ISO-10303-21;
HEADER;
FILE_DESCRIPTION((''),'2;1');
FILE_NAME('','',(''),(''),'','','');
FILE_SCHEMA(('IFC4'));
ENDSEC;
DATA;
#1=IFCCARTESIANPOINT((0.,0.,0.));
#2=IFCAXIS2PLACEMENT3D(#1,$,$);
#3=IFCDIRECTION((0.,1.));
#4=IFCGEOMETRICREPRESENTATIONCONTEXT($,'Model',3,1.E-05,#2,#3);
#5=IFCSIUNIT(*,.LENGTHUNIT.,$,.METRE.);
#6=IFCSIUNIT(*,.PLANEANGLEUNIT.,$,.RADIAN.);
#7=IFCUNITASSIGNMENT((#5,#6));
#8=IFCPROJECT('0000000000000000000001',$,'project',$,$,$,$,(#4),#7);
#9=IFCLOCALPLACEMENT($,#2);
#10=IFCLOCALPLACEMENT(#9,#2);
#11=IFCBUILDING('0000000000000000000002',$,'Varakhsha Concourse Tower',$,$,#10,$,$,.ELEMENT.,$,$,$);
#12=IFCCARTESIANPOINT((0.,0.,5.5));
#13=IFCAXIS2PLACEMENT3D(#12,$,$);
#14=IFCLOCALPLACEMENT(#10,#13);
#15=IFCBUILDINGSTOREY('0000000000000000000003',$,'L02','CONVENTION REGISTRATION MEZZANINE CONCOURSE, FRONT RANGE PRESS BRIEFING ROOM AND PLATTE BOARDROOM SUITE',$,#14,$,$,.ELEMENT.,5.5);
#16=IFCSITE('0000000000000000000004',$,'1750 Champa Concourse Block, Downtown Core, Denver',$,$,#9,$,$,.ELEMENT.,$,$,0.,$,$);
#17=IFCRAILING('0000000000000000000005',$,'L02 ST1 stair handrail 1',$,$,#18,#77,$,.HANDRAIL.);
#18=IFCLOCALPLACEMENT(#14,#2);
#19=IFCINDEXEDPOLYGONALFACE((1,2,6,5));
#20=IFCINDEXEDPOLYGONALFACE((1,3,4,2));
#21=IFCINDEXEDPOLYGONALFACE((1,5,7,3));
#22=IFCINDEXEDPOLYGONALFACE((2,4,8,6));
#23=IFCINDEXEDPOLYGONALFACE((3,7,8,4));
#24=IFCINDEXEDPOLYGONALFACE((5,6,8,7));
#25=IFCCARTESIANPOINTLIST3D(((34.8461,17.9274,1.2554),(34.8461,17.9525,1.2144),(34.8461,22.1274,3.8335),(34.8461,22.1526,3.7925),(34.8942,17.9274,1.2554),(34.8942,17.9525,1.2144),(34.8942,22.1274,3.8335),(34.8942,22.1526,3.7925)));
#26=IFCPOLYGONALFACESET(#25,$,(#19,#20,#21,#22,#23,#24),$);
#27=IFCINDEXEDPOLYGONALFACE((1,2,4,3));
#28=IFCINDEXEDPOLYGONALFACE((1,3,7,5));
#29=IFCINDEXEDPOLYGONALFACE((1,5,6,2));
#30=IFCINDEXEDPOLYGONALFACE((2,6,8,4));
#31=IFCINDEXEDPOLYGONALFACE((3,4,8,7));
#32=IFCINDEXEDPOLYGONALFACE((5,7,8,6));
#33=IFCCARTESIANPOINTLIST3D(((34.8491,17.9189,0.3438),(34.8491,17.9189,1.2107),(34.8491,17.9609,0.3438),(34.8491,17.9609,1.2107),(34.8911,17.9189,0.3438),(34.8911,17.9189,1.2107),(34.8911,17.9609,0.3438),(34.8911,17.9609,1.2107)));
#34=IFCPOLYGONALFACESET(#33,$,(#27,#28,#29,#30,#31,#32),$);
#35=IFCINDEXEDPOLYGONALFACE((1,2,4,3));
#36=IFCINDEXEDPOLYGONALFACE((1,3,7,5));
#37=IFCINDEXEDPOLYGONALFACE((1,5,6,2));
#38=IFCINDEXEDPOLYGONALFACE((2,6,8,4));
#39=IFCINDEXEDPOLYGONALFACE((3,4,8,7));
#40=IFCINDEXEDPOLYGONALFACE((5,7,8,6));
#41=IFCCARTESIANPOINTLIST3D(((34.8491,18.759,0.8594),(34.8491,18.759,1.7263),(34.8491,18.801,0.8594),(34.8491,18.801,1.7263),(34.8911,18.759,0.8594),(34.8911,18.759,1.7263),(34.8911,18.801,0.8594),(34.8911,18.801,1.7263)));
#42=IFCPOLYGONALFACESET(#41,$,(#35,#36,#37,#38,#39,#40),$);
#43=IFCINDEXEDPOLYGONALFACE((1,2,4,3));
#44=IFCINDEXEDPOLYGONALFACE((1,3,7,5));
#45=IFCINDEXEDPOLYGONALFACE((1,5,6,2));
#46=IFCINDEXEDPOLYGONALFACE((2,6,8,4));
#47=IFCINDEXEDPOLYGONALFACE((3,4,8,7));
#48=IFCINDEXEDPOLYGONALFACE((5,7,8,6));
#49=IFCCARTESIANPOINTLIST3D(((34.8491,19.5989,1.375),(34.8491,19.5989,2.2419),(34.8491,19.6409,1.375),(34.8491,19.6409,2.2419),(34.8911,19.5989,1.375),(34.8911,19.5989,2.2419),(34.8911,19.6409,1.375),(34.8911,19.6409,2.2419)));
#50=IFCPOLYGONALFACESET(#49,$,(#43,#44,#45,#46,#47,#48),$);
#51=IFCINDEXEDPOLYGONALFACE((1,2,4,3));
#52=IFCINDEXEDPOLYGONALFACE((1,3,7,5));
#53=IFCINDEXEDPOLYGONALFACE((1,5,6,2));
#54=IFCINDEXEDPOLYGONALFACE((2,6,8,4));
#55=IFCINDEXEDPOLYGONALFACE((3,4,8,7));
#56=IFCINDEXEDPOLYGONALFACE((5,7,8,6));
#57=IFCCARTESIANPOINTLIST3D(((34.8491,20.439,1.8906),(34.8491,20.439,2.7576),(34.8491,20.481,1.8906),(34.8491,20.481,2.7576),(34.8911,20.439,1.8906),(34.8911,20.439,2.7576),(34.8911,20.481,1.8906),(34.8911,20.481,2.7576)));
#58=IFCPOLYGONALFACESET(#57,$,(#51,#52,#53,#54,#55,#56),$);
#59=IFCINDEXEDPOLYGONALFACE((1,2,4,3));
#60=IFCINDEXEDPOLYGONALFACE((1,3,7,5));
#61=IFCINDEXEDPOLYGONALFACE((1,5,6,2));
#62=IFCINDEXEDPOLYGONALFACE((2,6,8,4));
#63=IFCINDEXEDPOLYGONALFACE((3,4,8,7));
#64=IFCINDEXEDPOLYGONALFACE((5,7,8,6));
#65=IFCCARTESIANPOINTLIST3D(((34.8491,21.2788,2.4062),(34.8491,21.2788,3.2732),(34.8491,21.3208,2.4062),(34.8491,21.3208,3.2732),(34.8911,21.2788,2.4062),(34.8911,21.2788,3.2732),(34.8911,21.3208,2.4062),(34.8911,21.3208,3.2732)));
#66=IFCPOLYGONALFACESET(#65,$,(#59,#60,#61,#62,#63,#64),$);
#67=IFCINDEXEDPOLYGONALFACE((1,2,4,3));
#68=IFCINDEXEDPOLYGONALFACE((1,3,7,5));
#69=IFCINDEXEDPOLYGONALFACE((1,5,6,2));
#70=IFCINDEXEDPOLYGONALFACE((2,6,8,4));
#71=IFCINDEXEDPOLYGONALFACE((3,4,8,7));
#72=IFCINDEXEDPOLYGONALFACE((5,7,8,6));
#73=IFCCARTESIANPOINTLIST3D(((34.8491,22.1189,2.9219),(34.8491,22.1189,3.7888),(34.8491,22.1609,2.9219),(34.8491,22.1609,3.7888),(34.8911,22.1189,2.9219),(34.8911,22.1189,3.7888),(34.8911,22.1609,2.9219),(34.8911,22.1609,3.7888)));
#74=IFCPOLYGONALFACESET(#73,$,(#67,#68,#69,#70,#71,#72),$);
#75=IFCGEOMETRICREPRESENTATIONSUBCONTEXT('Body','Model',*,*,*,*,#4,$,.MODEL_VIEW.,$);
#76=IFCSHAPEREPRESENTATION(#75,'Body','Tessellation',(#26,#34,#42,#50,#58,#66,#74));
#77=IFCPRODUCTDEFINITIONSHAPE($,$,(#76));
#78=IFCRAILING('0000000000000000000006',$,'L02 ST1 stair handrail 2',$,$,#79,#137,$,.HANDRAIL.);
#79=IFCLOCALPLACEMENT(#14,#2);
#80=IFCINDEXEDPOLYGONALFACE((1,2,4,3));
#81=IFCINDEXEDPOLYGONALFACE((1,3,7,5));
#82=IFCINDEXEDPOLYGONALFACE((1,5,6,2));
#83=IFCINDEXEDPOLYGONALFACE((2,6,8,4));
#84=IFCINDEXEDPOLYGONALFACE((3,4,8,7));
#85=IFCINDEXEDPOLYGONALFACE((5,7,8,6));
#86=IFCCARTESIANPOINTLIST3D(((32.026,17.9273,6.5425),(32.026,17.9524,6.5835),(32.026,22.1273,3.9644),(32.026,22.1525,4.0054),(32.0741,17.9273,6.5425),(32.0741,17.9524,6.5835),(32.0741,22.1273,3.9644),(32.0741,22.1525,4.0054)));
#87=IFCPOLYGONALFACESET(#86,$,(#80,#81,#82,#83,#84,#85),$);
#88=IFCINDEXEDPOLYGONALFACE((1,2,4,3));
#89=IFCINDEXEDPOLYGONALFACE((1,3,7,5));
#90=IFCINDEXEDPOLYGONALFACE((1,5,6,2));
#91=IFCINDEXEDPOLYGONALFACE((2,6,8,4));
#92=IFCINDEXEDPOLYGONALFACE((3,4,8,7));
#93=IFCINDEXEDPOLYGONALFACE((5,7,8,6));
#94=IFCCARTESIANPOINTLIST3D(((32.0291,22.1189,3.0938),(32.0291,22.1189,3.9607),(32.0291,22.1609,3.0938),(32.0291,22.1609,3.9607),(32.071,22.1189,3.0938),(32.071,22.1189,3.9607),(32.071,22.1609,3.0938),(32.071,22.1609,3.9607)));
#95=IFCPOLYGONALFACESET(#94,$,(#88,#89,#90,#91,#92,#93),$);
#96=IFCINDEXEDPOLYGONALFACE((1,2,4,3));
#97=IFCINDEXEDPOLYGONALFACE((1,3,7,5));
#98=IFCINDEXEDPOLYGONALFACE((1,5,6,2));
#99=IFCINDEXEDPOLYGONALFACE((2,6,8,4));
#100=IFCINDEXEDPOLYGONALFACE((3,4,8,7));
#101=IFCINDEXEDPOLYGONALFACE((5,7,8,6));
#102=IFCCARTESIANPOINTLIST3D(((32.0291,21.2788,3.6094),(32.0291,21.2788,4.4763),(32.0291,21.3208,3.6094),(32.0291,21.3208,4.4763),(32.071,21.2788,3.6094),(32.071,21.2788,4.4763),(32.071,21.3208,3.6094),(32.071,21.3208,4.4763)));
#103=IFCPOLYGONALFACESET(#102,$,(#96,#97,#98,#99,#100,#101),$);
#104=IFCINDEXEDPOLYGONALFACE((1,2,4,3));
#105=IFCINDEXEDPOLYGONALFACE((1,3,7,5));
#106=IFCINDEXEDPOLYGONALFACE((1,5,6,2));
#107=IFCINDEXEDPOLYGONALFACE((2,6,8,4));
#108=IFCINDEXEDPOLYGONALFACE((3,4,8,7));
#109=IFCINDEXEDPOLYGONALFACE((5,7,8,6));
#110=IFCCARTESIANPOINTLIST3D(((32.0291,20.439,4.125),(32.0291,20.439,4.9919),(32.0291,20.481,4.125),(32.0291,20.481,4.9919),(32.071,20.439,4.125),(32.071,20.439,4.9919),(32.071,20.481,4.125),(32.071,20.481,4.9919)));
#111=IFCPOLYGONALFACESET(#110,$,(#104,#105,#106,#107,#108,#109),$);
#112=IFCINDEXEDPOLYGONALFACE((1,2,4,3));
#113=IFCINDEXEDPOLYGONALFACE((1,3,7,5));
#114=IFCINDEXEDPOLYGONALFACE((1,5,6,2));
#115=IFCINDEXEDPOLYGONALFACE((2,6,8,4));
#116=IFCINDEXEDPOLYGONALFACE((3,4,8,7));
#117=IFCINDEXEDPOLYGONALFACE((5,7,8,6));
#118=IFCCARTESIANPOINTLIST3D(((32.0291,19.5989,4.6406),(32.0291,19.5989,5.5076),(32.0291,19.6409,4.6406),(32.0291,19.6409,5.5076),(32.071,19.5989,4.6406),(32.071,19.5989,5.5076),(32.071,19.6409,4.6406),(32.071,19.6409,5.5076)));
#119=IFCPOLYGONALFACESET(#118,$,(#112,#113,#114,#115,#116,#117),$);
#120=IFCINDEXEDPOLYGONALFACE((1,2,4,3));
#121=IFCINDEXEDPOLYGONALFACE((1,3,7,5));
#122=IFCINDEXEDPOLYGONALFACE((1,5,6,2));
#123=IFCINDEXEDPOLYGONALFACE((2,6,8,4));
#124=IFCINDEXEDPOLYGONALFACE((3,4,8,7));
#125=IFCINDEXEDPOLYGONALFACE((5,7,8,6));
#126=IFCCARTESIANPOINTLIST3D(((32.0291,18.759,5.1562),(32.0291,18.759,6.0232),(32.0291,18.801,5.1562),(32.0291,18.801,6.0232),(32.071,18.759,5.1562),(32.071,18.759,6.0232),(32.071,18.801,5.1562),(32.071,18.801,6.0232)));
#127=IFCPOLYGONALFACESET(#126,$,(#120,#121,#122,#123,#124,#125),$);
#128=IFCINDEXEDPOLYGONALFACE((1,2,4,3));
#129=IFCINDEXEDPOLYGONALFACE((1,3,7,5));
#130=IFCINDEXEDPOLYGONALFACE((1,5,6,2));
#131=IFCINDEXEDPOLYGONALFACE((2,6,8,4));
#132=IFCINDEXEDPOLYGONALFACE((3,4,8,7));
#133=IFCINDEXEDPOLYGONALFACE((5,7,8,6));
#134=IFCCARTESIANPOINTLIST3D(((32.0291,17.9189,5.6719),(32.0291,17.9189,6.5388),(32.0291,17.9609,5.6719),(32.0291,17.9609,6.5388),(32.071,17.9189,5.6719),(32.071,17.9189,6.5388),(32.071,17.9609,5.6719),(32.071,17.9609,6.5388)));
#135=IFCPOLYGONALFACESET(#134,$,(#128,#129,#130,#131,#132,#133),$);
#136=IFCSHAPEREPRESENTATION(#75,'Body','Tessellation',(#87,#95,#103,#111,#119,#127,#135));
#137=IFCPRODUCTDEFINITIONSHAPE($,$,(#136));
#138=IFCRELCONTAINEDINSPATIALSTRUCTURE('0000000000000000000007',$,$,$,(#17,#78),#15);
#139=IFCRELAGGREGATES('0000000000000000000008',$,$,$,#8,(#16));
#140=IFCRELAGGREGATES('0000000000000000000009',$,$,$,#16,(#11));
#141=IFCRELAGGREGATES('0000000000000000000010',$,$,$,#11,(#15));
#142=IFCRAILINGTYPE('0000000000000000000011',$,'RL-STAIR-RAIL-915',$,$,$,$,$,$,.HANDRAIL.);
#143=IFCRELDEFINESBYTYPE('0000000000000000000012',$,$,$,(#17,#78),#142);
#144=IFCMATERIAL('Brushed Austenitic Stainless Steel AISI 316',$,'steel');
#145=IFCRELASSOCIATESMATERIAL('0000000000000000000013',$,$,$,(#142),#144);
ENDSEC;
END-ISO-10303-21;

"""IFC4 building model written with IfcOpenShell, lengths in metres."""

from ifc_helpers import new_model, si_unit, direction, frame, origin, origin_2d, place, context, subcontext, project, spatial, rectangle, extrude, material, type_object, element, save


model = new_model("IFC4")

# Units and contexts
model_context = context("Model", 3, precision=1e-05, world=origin(), true_north=direction((0.0, 1.0)))
body_context = subcontext(model_context, "Body", "Model", "MODEL_VIEW")
ifc_project = project(units=[si_unit("LENGTHUNIT", "METRE"), si_unit("PLANEANGLEUNIT", "RADIAN")], contexts=[model_context])

# Site, building, storey
site_placement = place(None, origin())
site = spatial("IfcSite", under=ifc_project, at=site_placement, Name="1750 Champa Concourse Block, Downtown Core, Denver", CompositionType="ELEMENT", RefElevation=0.0)
building_placement = place(site_placement, origin())
building = spatial("IfcBuilding", under=site, at=building_placement, Name="Varakhsha Concourse Tower", CompositionType="ELEMENT")
storey_placement = place(building_placement, frame((0.0, 0.0, 5.5)))
storey = spatial("IfcBuildingStorey", under=building, at=storey_placement, Name="L02", Description="CONVENTION REGISTRATION MEZZANINE CONCOURSE, FRONT RANGE PRESS BRIEFING ROOM AND PLATTE BOARDROOM SUITE", CompositionType="ELEMENT", Elevation=5.5)

# Railings
ifc_material_1 = material(Name="Brushed Austenitic Stainless Steel AISI 316", Category="steel")
railing_type_1 = type_object("IfcRailingType", Name="RL-STAIR-RAIL-915", PredefinedType="HANDRAIL", material=ifc_material_1)
railing_1_placement = place(storey_placement, frame((34.8701, 17.9399, 0.3438)))
element("IfcRailing", 1, at=railing_1_placement, inside=storey, type_object=railing_type_1, Name="L02 ST1 stair handrail 1", PredefinedType="HANDRAIL", context=body_context, shape_type="SweptSolid", body=[
    extrude(rectangle(XDim=0.0481, YDim=0.0481, at=origin_2d()), frame((0.0, 0.0, 0.8911), z_axis=(0.0, 0.852243, 0.523146), x_axis=(-1.0, 0.0, 0.0)), (0.0, 0.0, 1.0), 4.9282),
    extrude(rectangle(XDim=0.042, YDim=0.042, at=origin_2d()), origin(), (0.0, 0.0, 1.0), 0.8669),
    extrude(rectangle(XDim=0.042, YDim=0.042, at=origin_2d()), frame((0.0, 0.8401, 0.5156)), (0.0, 0.0, 1.0), 0.8669),
    extrude(rectangle(XDim=0.042, YDim=0.042, at=origin_2d()), frame((0.0, 1.6799, 1.0312)), (0.0, 0.0, 1.0), 0.8669),
    extrude(rectangle(XDim=0.042, YDim=0.042, at=origin_2d()), frame((0.0, 2.52, 1.5469)), (0.0, 0.0, 1.0), 0.8669),
    extrude(rectangle(XDim=0.042, YDim=0.042, at=origin_2d()), frame((0.0, 3.3599, 2.0625)), (0.0, 0.0, 1.0), 0.8669),
    extrude(rectangle(XDim=0.042, YDim=0.042, at=origin_2d()), frame((0.0, 4.2, 2.5781)), (0.0, 0.0, 1.0), 0.8669),
])
railing_2_placement = place(storey_placement, frame((32.05, 22.1399, 3.0938)))
element("IfcRailing", 2, at=railing_2_placement, inside=storey, type_object=railing_type_1, Name="L02 ST1 stair handrail 2", PredefinedType="HANDRAIL", context=body_context, shape_type="SweptSolid", body=[
    extrude(rectangle(XDim=0.0481, YDim=0.0481, at=origin_2d()), frame((0.0, 0.0, 0.8911), z_axis=(0.0, -0.852243, 0.523146), x_axis=(1.0, 0.0, 0.0)), (0.0, 0.0, 1.0), 4.9282),
    extrude(rectangle(XDim=0.042, YDim=0.042, at=origin_2d()), origin(), (0.0, 0.0, 1.0), 0.8669),
    extrude(rectangle(XDim=0.042, YDim=0.042, at=origin_2d()), frame((0.0, -0.8401, 0.5156)), (0.0, 0.0, 1.0), 0.8669),
    extrude(rectangle(XDim=0.042, YDim=0.042, at=origin_2d()), frame((0.0, -1.6799, 1.0312)), (0.0, 0.0, 1.0), 0.8669),
    extrude(rectangle(XDim=0.042, YDim=0.042, at=origin_2d()), frame((0.0, -2.52, 1.5469)), (0.0, 0.0, 1.0), 0.8669),
    extrude(rectangle(XDim=0.042, YDim=0.042, at=origin_2d()), frame((0.0, -3.3599, 2.0625)), (0.0, 0.0, 1.0), 0.8669),
    extrude(rectangle(XDim=0.042, YDim=0.042, at=origin_2d()), frame((0.0, -4.2, 2.5781)), (0.0, 0.0, 1.0), 0.8669),
])

save(model, "model.ifc")
